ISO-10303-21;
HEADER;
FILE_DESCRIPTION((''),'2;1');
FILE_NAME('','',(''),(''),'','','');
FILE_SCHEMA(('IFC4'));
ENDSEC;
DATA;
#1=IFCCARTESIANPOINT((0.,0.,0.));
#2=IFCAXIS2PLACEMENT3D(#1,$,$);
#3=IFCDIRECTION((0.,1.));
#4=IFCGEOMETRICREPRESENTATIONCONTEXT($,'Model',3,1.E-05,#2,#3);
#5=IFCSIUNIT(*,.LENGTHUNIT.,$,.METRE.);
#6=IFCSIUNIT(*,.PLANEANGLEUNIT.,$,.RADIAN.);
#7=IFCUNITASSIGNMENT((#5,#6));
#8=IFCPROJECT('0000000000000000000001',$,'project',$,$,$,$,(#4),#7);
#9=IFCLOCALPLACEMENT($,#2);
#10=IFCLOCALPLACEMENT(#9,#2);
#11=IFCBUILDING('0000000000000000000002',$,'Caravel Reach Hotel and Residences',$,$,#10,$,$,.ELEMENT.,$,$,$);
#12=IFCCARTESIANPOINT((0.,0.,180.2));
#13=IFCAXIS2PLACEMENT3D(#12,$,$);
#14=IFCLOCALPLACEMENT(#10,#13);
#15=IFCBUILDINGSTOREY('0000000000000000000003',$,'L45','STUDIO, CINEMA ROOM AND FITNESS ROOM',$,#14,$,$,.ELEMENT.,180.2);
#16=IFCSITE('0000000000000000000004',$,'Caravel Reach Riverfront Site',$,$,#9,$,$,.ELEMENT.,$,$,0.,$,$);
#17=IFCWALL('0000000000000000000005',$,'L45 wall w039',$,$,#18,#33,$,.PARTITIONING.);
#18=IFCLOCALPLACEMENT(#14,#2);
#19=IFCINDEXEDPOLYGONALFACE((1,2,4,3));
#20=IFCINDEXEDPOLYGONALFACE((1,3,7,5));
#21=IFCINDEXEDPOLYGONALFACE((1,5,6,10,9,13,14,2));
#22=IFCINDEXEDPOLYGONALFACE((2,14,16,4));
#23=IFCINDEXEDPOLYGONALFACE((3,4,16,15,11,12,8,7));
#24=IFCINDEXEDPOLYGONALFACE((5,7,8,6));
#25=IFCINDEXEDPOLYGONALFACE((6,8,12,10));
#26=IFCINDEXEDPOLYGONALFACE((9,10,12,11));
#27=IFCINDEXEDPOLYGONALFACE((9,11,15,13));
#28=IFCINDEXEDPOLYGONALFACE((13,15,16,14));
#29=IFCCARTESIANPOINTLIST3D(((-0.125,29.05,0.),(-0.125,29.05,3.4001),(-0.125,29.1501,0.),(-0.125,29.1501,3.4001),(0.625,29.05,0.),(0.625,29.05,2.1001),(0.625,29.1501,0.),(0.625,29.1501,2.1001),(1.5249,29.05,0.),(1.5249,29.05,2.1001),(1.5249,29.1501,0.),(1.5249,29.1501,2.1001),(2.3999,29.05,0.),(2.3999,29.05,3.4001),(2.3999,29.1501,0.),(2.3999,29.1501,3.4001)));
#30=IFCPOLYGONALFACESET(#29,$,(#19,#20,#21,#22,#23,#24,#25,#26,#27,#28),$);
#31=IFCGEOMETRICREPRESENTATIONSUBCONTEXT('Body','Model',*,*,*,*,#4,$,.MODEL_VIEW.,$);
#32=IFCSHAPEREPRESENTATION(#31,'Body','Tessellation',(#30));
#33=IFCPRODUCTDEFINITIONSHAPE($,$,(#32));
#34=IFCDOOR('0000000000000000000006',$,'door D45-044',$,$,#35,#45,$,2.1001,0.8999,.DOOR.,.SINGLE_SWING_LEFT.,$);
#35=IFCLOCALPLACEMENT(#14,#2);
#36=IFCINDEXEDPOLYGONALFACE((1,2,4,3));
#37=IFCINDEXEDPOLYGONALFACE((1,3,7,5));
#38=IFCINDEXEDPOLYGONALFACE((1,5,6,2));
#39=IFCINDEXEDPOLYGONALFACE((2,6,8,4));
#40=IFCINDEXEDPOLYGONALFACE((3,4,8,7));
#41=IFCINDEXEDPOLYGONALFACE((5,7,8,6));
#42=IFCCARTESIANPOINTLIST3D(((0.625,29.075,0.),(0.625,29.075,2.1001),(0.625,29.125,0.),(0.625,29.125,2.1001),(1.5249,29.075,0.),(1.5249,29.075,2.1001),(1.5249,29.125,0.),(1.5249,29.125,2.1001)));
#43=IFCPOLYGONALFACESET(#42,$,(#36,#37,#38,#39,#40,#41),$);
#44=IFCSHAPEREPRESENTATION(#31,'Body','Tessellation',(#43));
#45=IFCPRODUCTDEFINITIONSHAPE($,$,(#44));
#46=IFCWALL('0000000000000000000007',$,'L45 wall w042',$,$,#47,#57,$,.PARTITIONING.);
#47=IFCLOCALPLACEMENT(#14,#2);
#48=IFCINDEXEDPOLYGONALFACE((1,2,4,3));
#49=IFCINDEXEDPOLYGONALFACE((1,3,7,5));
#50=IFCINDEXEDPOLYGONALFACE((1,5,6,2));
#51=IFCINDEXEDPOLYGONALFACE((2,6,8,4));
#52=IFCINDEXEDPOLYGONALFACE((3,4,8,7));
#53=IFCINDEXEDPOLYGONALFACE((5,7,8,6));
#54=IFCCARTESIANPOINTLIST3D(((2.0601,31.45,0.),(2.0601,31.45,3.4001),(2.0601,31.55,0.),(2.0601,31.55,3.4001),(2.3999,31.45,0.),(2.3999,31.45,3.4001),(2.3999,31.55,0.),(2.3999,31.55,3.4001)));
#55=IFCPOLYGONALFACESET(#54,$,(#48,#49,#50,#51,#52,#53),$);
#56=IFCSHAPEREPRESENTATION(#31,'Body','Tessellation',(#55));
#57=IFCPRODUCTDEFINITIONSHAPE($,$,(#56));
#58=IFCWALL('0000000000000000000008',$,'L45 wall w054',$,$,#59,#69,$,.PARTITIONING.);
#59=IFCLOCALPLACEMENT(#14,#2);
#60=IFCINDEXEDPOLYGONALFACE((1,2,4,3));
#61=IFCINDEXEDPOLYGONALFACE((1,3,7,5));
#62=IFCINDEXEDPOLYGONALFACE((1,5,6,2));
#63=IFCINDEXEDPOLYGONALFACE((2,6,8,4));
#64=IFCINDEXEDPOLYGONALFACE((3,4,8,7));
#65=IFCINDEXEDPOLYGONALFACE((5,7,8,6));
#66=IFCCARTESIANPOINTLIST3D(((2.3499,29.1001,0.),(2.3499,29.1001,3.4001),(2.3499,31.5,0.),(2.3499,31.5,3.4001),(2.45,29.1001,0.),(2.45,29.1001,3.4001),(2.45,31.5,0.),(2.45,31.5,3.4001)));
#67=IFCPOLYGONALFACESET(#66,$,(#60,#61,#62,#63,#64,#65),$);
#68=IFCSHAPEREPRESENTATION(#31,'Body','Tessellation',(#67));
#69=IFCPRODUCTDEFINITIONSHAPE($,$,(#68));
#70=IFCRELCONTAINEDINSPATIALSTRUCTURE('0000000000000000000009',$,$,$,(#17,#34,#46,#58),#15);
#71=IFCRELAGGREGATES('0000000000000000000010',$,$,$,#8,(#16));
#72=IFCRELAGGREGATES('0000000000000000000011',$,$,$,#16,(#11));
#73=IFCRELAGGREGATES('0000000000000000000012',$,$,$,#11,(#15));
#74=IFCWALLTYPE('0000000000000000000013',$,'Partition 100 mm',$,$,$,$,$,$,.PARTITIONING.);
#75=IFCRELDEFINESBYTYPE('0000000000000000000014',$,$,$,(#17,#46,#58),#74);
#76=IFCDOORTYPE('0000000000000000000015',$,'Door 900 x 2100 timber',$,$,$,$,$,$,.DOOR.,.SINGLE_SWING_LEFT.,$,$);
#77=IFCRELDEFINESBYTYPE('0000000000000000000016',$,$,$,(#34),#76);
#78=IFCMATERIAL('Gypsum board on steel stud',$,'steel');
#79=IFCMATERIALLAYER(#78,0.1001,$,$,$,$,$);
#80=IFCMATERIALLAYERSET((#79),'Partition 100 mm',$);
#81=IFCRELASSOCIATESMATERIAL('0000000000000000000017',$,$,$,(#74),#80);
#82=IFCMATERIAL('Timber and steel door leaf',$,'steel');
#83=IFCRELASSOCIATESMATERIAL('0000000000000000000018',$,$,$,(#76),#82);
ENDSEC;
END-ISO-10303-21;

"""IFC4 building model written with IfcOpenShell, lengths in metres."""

from ifc_helpers import new_model, si_unit, direction, frame, frame_2d, origin, place, context, subcontext, project, spatial, rectangle, extrude, material, layer, layer_set, type_object, element, fill, save


model = new_model("IFC4")

# Units and contexts
model_context = context("Model", 3, precision=1e-05, world=origin(), true_north=direction((0.0, 1.0)))
body_context = subcontext(model_context, "Body", "Model", "MODEL_VIEW")
ifc_project = project(units=[si_unit("LENGTHUNIT", "METRE"), si_unit("PLANEANGLEUNIT", "RADIAN")], contexts=[model_context])

# Site, building, storey
site_placement = place(None, origin())
site = spatial("IfcSite", under=ifc_project, at=site_placement, Name="Caravel Reach Riverfront Site", CompositionType="ELEMENT", RefElevation=0.0)
building_placement = place(site_placement, origin())
building = spatial("IfcBuilding", under=site, at=building_placement, Name="Caravel Reach Hotel and Residences", CompositionType="ELEMENT")
storey_placement = place(building_placement, frame((0.0, 0.0, 180.2)))
storey = spatial("IfcBuildingStorey", under=building, at=storey_placement, Name="L45", Description="STUDIO, CINEMA ROOM AND FITNESS ROOM", CompositionType="ELEMENT", Elevation=180.2)

# Wall, opening, door
ifc_material_1 = material(Name="Gypsum board on steel stud", Category="steel")
ifc_layer_1 = layer(ifc_material_1, 0.1001)
ifc_layer_set_1 = layer_set([ifc_layer_1], Name="Partition 100 mm")
wall_type_1 = type_object("IfcWallType", Name="Partition 100 mm", PredefinedType="PARTITIONING", material=ifc_layer_set_1)
wall_1_placement = place(storey_placement, frame((-0.125, 29.1001, 0.0), z_axis=(0.0, 0.0, 1.0), x_axis=(1.0, 0.0, 0.0)))
wall_1 = element("IfcWall", 1, at=wall_1_placement, inside=storey, type_object=wall_type_1, Name="L45 wall w039", PredefinedType="PARTITIONING", context=body_context, shape_type="SweptSolid", body=[
    extrude(rectangle(XDim=2.5249, YDim=0.1001, at=frame_2d((1.2625, 0.0))), origin(), (0.0, 0.0, 1.0), 3.4001),
])
opening_1_placement = place(wall_1_placement, frame((0.75, 0.0, 0.0)))
opening_1 = element("IfcOpeningElement", 2, at=opening_1_placement, cuts=wall_1, PredefinedType="OPENING", context=body_context, shape_type="SweptSolid", body=[
    extrude(rectangle(XDim=0.8999, YDim=2.1001, at=frame_2d((0.45, 1.05))), frame((0.0, 0.0601, 0.0), z_axis=(0.0, -1.0, 0.0), x_axis=(1.0, 0.0, 0.0)), (0.0, 0.0, 1.0), 0.1201),
])
ifc_material_2 = material(Name="Timber and steel door leaf", Category="steel")
door_type_1 = type_object("IfcDoorType", Name="Door 900 x 2100 timber", OperationType="SINGLE_SWING_LEFT", PredefinedType="DOOR", material=ifc_material_2)
door_1_placement = place(opening_1_placement, origin())
door_1 = element("IfcDoor", 3, at=door_1_placement, inside=storey, type_object=door_type_1, Name="door D45-044", OperationType="SINGLE_SWING_LEFT", OverallHeight=2.1001, OverallWidth=0.8999, PredefinedType="DOOR", context=body_context, shape_type="SweptSolid", body=[
    extrude(rectangle(XDim=0.8999, YDim=2.1001, at=frame_2d((0.45, 1.05))), frame((0.0, 0.0249, 0.0), z_axis=(0.0, -1.0, 0.0), x_axis=(1.0, 0.0, 0.0)), (0.0, 0.0, 1.0), 0.05),
])
fill(opening_1, door_1)

# Walls
wall_2_placement = place(storey_placement, frame((2.0601, 31.5, 0.0), z_axis=(0.0, 0.0, 1.0), x_axis=(1.0, 0.0, 0.0)))
element("IfcWall", 4, at=wall_2_placement, inside=storey, type_object=wall_type_1, Name="L45 wall w042", PredefinedType="PARTITIONING", context=body_context, shape_type="SweptSolid", body=[
    extrude(rectangle(XDim=0.3398, YDim=0.1001, at=frame_2d((0.1699, 0.0))), origin(), (0.0, 0.0, 1.0), 3.4001),
])
wall_3_placement = place(storey_placement, frame((2.3999, 29.1001, 0.0), z_axis=(0.0, 0.0, 1.0), x_axis=(0.0, 1.0, 0.0)))
element("IfcWall", 5, at=wall_3_placement, inside=storey, type_object=wall_type_1, Name="L45 wall w054", PredefinedType="PARTITIONING", context=body_context, shape_type="SweptSolid", body=[
    extrude(rectangle(XDim=2.3999, YDim=0.1001, at=frame_2d((1.2, 0.0))), origin(), (0.0, 0.0, 1.0), 3.4001),
])

save(model, "model.ifc")
